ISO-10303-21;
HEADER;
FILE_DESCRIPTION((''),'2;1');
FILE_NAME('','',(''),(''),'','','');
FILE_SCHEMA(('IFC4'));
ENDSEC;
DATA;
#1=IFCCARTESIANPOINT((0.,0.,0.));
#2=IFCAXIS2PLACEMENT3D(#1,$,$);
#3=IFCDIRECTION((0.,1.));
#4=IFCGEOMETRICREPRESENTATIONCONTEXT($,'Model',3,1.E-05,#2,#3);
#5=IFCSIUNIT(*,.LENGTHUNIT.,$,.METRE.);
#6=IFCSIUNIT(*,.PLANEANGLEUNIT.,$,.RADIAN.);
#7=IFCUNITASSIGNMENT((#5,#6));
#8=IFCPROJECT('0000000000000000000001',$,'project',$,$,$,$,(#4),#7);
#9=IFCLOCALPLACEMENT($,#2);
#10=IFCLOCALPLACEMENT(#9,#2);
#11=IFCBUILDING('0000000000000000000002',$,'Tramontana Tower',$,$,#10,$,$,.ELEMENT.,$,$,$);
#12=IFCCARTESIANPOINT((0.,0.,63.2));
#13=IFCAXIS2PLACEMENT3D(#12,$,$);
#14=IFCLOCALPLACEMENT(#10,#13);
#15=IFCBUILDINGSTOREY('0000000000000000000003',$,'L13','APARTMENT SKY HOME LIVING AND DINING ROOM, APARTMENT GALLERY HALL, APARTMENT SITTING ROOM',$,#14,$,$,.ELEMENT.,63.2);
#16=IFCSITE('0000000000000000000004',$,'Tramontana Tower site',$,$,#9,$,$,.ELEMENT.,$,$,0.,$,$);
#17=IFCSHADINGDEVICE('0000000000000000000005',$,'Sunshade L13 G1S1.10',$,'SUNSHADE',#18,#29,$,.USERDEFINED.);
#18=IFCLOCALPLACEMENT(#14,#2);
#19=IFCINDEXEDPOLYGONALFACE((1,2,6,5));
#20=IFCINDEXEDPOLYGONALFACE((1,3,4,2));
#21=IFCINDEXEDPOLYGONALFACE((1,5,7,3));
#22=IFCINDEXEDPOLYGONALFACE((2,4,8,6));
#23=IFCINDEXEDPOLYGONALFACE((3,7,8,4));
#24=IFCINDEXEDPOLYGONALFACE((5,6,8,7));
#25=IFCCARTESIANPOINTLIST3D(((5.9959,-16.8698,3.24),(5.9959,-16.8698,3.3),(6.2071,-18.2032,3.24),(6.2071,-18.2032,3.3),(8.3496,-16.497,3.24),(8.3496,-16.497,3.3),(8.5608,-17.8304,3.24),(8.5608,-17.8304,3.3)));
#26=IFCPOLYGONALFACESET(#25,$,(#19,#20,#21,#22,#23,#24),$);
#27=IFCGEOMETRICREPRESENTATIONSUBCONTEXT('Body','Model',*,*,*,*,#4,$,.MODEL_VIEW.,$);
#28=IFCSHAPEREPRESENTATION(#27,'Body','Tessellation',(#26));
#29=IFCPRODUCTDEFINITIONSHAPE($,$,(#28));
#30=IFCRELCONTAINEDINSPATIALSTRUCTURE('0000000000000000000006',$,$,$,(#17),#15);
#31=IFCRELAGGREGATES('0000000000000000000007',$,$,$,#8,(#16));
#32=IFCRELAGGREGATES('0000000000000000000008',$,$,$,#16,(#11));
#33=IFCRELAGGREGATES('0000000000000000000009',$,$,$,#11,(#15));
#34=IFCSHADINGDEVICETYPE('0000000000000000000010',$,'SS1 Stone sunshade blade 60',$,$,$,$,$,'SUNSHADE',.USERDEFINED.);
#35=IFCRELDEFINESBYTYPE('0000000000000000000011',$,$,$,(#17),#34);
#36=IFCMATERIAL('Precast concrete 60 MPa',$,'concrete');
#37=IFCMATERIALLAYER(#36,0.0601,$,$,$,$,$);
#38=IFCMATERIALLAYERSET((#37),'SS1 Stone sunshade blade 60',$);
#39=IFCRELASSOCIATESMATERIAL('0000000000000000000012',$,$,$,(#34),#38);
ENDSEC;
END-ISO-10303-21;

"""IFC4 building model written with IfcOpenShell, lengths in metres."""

from ifc_helpers import new_model, si_unit, direction, frame, origin, origin_2d, place, context, subcontext, project, spatial, rectangle, extrude, material, layer, layer_set, type_object, element, save


model = new_model("IFC4")

# Units and contexts
model_context = context("Model", 3, precision=1e-05, world=origin(), true_north=direction((0.0, 1.0)))
body_context = subcontext(model_context, "Body", "Model", "MODEL_VIEW")
ifc_project = project(units=[si_unit("LENGTHUNIT", "METRE"), si_unit("PLANEANGLEUNIT", "RADIAN")], contexts=[model_context])

# Site, building, storey
site_placement = place(None, origin())
site = spatial("IfcSite", under=ifc_project, at=site_placement, Name="Tramontana Tower site", CompositionType="ELEMENT", RefElevation=0.0)
building_placement = place(site_placement, origin())
building = spatial("IfcBuilding", under=site, at=building_placement, Name="Tramontana Tower", CompositionType="ELEMENT")
storey_placement = place(building_placement, frame((0.0, 0.0, 63.2)))
storey = spatial("IfcBuildingStorey", under=building, at=storey_placement, Name="L13", Description="APARTMENT SKY HOME LIVING AND DINING ROOM, APARTMENT GALLERY HALL, APARTMENT SITTING ROOM", CompositionType="ELEMENT", Elevation=63.2)

# Shading device
ifc_material_1 = material(Name="Precast concrete 60 MPa", Category="concrete")
ifc_layer_1 = layer(ifc_material_1, 0.0601)
ifc_layer_set_1 = layer_set([ifc_layer_1], Name="SS1 Stone sunshade blade 60")
shading_device_type = type_object("IfcShadingDeviceType", Name="SS1 Stone sunshade blade 60", ElementType="SUNSHADE", PredefinedType="USERDEFINED", material=ifc_layer_set_1)
shading_device_placement = place(storey_placement, frame((7.2783, -17.3501, 3.24), z_axis=(0.0, 0.0, 1.0), x_axis=(0.987688, 0.156434, 0.0)))
element("IfcShadingDevice", 1, at=shading_device_placement, inside=storey, type_object=shading_device_type, Name="Sunshade L13 G1S1.10", ObjectType="SUNSHADE", PredefinedType="USERDEFINED", context=body_context, shape_type="SweptSolid", body=[
    extrude(rectangle(XDim=2.3831, YDim=1.3501, at=origin_2d()), origin(), (0.0, 0.0, 1.0), 0.0601),
])

save(model, "model.ifc")
